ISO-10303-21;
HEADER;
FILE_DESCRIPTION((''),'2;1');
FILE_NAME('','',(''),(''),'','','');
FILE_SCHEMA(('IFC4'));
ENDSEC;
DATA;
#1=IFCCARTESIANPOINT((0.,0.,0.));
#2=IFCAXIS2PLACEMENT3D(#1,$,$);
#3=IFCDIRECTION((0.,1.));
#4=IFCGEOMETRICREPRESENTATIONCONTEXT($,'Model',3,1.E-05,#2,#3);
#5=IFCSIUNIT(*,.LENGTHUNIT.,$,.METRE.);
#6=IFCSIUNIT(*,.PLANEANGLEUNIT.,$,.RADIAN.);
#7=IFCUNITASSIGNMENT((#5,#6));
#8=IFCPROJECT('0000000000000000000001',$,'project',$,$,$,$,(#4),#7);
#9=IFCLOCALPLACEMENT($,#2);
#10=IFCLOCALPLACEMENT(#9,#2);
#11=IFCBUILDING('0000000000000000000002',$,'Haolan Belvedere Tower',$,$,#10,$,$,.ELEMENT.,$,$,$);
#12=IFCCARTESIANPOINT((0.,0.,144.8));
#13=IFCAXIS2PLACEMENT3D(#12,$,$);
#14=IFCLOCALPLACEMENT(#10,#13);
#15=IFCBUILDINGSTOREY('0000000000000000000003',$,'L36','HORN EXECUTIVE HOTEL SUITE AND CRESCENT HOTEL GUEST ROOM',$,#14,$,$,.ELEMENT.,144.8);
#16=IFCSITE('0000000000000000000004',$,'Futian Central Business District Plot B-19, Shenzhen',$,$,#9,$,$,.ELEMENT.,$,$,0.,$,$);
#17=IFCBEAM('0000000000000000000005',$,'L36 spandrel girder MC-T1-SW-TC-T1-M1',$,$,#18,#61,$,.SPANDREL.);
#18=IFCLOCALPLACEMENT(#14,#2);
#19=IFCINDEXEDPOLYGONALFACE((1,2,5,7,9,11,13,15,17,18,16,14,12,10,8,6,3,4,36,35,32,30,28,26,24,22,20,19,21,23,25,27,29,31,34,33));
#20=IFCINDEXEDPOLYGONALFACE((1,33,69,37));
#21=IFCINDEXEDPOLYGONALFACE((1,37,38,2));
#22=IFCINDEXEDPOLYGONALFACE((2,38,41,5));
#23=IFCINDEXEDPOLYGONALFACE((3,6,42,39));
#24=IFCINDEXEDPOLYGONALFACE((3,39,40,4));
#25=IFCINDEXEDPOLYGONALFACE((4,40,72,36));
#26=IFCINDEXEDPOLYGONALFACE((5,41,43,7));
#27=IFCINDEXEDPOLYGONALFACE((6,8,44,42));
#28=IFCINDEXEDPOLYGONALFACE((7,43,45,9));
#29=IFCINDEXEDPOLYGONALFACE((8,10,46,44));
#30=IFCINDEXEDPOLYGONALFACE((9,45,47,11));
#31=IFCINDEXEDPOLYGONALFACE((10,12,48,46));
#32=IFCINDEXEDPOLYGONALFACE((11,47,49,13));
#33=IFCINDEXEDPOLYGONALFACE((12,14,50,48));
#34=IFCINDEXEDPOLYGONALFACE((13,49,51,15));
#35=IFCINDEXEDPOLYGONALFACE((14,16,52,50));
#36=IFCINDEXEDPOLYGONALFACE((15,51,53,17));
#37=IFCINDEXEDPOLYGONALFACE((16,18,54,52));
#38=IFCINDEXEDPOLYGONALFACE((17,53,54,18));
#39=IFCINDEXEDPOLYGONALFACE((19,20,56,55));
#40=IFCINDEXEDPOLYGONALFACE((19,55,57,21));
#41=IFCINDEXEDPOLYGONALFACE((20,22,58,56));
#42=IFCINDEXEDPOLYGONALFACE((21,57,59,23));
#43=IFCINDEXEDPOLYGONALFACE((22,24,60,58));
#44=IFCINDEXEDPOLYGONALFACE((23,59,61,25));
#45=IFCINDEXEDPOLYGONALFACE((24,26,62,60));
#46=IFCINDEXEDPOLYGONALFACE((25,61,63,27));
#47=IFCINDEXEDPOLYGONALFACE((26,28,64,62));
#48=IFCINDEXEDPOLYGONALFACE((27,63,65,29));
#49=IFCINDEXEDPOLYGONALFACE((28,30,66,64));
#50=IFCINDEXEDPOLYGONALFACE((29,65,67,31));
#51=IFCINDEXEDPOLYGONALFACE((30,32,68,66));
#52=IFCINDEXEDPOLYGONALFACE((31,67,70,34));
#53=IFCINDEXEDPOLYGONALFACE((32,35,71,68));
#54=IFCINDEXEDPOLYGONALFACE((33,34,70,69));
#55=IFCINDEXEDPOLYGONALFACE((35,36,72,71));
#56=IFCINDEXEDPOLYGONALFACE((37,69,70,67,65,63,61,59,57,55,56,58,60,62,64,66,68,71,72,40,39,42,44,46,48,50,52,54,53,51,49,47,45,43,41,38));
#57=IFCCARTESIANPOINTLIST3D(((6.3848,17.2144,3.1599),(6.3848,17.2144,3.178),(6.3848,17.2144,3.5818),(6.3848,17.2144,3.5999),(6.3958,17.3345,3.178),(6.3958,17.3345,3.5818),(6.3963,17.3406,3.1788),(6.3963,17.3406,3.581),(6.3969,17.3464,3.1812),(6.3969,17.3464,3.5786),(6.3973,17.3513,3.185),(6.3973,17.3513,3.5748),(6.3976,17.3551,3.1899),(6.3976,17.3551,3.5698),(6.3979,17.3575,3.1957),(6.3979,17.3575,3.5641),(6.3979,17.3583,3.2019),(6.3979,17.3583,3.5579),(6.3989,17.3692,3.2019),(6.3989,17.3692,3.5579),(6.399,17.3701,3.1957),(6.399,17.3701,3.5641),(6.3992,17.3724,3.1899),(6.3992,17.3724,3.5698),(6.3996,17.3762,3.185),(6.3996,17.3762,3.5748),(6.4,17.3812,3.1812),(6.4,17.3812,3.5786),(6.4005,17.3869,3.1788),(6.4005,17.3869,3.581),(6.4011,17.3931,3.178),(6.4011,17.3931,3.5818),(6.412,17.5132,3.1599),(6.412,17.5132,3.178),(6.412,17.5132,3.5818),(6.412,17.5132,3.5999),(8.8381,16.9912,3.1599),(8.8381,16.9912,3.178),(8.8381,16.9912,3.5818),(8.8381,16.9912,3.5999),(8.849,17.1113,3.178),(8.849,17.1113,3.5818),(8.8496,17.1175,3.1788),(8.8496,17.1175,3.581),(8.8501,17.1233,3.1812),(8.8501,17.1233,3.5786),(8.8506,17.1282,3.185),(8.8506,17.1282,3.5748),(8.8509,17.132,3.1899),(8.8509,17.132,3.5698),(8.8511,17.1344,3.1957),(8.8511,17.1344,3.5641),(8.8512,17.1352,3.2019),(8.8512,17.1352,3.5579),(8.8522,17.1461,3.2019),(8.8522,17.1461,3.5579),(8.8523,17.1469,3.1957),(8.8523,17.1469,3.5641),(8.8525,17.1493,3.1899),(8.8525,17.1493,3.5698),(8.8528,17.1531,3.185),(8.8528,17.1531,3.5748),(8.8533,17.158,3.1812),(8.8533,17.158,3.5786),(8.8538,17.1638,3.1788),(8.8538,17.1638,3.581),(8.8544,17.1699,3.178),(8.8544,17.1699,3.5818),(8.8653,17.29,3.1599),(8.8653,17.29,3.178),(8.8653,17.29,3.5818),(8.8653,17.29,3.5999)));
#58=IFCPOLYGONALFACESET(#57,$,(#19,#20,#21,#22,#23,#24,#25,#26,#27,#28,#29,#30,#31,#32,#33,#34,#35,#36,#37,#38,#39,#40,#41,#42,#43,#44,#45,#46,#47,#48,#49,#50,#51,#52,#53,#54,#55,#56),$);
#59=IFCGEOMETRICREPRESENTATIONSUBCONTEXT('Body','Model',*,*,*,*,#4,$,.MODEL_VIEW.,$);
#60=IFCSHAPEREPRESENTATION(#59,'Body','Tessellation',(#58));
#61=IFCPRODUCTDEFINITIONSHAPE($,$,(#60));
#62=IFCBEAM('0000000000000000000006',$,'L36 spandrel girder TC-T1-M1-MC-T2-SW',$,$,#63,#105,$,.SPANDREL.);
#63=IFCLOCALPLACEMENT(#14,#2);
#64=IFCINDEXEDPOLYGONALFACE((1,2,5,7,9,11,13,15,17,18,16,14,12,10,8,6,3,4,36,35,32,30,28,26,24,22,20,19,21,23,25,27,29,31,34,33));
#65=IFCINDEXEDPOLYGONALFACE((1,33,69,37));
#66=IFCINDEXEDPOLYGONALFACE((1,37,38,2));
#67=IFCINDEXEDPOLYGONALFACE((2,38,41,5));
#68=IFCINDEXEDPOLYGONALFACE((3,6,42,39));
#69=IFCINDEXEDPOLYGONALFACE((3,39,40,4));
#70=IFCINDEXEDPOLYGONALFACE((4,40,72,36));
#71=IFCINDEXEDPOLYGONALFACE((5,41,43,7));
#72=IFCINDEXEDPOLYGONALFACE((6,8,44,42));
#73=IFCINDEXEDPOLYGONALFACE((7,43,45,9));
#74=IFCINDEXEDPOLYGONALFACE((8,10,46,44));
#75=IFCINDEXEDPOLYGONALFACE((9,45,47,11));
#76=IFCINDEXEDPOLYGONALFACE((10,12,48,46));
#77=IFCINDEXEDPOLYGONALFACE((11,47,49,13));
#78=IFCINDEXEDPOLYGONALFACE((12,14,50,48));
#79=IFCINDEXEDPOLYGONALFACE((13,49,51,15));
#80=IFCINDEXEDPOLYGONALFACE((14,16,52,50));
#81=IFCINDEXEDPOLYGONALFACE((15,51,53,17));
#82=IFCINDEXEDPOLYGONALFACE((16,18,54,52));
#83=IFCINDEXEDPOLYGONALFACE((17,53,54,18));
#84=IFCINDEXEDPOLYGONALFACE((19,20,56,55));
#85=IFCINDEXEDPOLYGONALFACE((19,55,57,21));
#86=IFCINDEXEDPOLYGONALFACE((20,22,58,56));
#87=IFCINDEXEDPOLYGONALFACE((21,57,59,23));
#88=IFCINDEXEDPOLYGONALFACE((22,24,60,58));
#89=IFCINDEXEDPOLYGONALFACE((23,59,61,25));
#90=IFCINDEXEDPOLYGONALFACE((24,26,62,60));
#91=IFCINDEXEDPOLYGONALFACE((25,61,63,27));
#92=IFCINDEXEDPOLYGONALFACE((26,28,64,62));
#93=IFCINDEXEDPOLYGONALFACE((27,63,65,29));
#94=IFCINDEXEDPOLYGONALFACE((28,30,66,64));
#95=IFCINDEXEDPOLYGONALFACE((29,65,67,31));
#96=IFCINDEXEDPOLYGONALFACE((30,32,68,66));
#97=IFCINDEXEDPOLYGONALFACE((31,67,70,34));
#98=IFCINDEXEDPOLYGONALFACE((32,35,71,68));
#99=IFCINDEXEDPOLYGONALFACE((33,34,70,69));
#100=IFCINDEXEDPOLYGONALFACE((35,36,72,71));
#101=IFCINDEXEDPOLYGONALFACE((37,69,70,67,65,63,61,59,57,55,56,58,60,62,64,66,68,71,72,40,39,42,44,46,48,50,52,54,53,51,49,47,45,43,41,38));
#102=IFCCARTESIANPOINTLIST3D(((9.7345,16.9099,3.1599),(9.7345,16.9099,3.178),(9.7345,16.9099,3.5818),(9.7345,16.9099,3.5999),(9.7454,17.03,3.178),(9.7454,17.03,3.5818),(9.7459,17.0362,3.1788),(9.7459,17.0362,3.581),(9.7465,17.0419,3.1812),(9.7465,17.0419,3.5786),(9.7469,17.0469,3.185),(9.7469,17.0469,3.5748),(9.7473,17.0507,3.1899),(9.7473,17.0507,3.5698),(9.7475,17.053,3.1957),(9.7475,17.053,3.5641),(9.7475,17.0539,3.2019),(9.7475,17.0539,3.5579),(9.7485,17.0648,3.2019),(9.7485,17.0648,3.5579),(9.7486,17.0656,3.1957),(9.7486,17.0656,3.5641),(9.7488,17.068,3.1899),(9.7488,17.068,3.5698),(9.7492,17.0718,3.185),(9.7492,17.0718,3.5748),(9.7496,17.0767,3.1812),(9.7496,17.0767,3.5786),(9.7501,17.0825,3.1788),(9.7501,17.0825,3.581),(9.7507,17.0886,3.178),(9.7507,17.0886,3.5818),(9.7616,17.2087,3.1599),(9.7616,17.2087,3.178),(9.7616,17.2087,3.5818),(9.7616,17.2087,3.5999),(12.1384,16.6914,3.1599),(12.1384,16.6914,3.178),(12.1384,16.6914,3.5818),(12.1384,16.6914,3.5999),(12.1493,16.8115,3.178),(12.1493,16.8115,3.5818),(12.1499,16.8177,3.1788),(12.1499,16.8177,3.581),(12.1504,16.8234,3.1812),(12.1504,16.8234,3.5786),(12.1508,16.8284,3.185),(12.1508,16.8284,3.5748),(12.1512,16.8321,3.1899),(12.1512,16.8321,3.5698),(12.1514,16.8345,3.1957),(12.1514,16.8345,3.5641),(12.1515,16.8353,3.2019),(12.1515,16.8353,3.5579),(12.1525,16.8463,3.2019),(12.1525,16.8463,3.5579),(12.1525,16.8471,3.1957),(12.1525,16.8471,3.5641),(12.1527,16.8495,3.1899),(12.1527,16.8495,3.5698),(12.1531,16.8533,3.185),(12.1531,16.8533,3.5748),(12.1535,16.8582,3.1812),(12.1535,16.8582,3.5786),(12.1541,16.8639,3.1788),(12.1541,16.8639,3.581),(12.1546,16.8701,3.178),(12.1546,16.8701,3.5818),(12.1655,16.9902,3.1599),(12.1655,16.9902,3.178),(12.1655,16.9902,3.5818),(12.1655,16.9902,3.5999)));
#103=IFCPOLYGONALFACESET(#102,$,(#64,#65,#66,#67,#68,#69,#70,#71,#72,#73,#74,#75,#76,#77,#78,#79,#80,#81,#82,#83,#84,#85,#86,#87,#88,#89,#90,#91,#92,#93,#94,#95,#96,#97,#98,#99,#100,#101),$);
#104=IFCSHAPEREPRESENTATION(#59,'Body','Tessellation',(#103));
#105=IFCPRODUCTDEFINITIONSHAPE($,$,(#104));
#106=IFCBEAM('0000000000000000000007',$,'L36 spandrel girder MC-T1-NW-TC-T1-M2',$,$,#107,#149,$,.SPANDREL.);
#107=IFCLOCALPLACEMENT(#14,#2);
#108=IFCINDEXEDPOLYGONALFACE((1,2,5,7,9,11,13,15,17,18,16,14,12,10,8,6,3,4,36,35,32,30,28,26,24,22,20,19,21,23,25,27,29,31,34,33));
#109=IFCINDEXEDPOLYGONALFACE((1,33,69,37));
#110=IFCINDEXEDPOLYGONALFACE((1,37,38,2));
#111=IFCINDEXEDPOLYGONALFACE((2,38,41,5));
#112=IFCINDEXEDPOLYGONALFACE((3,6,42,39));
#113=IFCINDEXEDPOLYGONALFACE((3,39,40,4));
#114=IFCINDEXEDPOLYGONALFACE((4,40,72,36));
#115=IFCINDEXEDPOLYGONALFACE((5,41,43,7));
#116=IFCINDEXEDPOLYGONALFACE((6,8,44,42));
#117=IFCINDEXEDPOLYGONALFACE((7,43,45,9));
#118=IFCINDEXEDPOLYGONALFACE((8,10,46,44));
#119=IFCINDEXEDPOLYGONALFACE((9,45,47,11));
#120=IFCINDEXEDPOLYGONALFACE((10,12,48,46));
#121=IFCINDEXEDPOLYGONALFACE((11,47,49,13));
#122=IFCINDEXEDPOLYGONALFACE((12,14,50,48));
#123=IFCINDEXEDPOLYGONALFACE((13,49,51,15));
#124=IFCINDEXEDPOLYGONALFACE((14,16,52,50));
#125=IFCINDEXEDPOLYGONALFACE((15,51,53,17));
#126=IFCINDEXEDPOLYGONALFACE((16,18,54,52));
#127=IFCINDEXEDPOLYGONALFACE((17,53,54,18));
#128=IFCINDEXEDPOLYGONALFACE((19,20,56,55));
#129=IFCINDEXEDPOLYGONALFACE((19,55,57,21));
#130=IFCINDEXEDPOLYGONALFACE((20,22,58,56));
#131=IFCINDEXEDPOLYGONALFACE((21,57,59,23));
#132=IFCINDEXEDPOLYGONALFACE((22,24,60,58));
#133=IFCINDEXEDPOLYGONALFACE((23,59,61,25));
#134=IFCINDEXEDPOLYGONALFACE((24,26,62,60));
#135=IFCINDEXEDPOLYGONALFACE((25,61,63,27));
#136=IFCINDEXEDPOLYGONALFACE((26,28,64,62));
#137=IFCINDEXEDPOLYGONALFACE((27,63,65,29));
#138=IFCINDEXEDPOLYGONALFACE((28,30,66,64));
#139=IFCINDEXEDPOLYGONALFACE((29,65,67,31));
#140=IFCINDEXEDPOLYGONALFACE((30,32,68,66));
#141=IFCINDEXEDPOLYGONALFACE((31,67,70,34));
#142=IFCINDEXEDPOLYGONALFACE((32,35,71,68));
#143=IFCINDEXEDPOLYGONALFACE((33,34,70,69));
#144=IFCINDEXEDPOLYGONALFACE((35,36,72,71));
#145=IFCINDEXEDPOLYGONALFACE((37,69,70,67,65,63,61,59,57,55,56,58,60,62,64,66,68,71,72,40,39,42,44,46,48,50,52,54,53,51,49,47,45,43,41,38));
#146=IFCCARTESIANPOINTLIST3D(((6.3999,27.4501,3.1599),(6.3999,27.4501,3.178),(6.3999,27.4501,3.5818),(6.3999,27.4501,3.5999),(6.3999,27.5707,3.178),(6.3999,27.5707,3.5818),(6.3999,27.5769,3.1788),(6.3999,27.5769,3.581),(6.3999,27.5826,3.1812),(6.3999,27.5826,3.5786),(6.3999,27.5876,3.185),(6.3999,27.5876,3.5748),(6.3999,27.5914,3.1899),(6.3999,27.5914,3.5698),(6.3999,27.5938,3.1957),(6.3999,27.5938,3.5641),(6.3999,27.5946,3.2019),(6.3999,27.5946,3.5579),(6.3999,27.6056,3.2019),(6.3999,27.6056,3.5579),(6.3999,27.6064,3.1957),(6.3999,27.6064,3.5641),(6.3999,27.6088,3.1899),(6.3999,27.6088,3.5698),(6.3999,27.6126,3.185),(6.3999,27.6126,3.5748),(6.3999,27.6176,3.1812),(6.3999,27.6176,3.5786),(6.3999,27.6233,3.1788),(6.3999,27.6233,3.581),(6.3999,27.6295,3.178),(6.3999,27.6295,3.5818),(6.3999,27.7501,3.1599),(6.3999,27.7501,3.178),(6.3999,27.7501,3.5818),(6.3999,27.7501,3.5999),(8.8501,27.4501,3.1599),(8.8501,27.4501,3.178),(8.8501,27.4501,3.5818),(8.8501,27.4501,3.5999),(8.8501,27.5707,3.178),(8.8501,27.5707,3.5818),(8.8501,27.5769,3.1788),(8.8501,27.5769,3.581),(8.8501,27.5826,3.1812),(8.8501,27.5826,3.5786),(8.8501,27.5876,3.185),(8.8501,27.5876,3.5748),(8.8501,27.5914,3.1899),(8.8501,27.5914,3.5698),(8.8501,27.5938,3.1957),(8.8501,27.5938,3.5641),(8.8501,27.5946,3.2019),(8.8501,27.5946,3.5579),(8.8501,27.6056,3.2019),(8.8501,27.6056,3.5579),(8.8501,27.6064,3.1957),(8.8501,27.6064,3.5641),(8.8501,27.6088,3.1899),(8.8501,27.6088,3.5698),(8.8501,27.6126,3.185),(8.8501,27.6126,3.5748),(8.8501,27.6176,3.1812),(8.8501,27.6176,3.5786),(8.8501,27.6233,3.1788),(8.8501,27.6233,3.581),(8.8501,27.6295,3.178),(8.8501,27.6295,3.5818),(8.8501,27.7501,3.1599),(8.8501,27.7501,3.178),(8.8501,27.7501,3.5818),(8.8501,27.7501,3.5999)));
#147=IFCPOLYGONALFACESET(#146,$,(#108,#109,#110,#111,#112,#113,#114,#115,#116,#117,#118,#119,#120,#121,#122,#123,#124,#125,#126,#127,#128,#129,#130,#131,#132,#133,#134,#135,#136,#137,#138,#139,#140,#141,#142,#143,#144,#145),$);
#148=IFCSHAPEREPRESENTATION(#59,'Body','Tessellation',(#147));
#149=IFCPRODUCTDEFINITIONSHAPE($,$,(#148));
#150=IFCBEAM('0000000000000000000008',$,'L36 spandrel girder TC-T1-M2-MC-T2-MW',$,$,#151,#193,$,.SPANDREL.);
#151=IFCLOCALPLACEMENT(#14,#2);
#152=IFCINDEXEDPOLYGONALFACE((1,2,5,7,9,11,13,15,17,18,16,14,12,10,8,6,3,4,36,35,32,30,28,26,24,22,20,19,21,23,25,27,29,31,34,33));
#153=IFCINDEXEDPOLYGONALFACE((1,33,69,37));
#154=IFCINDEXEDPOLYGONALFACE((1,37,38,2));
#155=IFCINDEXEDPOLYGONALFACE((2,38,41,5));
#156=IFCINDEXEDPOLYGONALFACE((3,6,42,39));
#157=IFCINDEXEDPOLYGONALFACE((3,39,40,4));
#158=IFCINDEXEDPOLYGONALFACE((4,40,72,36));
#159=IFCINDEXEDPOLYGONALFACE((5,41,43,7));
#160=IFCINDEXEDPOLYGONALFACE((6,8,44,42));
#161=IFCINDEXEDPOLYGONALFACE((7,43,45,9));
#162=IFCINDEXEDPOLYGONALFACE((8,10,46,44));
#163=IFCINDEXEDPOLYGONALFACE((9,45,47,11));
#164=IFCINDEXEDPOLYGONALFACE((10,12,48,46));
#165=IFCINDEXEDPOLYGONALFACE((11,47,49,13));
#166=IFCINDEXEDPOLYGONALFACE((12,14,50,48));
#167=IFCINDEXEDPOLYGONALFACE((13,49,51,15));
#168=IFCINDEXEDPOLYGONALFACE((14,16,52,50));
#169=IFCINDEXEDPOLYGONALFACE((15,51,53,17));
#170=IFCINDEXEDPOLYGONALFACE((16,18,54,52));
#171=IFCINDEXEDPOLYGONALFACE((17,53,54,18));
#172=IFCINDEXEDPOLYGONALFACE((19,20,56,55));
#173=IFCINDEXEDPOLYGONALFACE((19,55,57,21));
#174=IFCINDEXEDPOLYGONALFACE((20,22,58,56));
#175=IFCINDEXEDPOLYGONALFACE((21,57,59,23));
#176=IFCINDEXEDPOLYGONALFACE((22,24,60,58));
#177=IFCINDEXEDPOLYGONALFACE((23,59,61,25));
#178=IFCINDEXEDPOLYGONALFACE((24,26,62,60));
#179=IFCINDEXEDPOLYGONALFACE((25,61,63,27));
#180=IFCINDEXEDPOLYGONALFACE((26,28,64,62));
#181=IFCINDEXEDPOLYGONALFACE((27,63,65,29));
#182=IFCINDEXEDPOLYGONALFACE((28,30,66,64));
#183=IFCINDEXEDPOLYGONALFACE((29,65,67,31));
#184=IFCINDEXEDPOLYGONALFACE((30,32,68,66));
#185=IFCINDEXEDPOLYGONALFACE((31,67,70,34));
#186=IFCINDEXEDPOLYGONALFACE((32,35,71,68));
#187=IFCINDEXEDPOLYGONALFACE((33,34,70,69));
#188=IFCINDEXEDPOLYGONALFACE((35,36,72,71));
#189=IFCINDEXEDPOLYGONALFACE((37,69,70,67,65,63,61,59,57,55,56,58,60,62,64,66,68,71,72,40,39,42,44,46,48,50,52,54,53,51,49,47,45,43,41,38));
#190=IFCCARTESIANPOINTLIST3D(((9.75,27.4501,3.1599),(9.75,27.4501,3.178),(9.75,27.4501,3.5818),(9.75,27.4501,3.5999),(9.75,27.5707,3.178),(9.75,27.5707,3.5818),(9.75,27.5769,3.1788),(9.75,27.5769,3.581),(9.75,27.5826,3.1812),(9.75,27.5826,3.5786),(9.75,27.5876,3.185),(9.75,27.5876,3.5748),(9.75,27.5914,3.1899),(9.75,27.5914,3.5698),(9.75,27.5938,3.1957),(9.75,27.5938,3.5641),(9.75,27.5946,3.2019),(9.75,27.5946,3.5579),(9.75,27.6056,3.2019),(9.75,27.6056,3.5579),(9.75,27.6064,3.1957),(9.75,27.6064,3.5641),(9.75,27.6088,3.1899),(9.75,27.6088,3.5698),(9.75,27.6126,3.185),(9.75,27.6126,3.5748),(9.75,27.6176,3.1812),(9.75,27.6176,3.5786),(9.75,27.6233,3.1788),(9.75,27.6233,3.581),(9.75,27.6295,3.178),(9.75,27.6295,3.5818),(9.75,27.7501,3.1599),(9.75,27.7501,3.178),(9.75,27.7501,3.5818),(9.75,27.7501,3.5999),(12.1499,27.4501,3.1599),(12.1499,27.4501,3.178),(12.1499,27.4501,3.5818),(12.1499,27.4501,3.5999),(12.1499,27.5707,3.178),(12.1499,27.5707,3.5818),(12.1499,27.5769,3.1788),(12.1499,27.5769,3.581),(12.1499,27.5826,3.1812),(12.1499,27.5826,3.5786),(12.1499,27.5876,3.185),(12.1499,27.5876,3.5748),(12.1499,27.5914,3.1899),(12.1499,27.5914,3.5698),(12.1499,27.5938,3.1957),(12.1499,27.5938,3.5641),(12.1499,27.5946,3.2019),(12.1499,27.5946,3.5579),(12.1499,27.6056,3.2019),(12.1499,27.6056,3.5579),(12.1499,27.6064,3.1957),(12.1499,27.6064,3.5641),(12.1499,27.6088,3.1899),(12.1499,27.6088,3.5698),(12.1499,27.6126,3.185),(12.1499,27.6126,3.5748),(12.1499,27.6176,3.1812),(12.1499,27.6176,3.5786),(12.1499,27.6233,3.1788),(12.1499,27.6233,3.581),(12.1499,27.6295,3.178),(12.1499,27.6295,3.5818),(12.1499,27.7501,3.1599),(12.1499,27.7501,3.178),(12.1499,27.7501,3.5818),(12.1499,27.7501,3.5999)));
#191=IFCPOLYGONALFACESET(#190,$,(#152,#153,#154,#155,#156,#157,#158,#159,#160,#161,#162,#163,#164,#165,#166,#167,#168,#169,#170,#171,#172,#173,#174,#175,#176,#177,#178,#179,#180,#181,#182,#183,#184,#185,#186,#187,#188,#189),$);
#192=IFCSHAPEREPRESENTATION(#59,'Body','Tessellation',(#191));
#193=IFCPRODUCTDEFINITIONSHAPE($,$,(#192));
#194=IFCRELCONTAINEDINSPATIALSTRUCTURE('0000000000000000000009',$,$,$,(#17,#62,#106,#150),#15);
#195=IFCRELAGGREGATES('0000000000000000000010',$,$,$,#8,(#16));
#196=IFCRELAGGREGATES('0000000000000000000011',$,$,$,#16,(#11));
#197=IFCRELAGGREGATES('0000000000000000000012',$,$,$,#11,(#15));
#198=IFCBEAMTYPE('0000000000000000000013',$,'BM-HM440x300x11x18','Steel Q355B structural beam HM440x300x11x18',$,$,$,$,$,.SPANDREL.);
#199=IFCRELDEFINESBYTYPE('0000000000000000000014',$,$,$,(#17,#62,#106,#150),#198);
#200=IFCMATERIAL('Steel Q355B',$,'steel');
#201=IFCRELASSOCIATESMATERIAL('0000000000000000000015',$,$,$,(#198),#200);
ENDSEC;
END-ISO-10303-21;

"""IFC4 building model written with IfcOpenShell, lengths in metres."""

from ifc_helpers import new_model, si_unit, direction, frame, origin, origin_2d, place, context, subcontext, project, spatial, i_section, extrude, material, material_profile, profile_set, type_object, element, save


model = new_model("IFC4")

# Units and contexts
model_context = context("Model", 3, precision=1e-05, world=origin(), true_north=direction((0.0, 1.0)))
body_context = subcontext(model_context, "Body", "Model", "MODEL_VIEW")
ifc_project = project(units=[si_unit("LENGTHUNIT", "METRE"), si_unit("PLANEANGLEUNIT", "RADIAN")], contexts=[model_context])

# Site, building, storey
site_placement = place(None, origin())
site = spatial("IfcSite", under=ifc_project, at=site_placement, Name="Futian Central Business District Plot B-19, Shenzhen", CompositionType="ELEMENT", RefElevation=0.0)
building_placement = place(site_placement, origin())
building = spatial("IfcBuilding", under=site, at=building_placement, Name="Haolan Belvedere Tower", CompositionType="ELEMENT")
storey_placement = place(building_placement, frame((0.0, 0.0, 144.8)))
storey = spatial("IfcBuildingStorey", under=building, at=storey_placement, Name="L36", Description="HORN EXECUTIVE HOTEL SUITE AND CRESCENT HOTEL GUEST ROOM", CompositionType="ELEMENT", Elevation=144.8)

# Beams
ifc_material_1 = material(Name="Steel Q355B", Category="steel")
ifc_material_profile_1 = material_profile(ifc_material_1, i_section(OverallWidth=0.3, OverallDepth=0.4399, WebThickness=0.011, FlangeThickness=0.0181, FilletRadius=0.0239, at=origin_2d()), Name="Steel Q355B")
ifc_profile_set_1 = profile_set([ifc_material_profile_1], Name="Steel Q355B")
beam_type_1 = type_object("IfcBeamType", Name="BM-HM440x300x11x18", Description="Steel Q355B structural beam HM440x300x11x18", PredefinedType="SPANDREL", material=ifc_profile_set_1)
beam_1_placement = place(storey_placement, frame((6.3984, 17.3638, 3.3799), z_axis=(0.995889, -0.09058, 0.0), x_axis=(0.09058, 0.995889, 0.0)))
element("IfcBeam", 1, at=beam_1_placement, inside=storey, type_object=beam_type_1, Name="L36 spandrel girder MC-T1-SW-TC-T1-M1", PredefinedType="SPANDREL", context=body_context, shape_type="SweptSolid", body=[
    extrude(i_section(OverallWidth=0.3, OverallDepth=0.4399, WebThickness=0.011, FlangeThickness=0.0181, FilletRadius=0.0239, at=origin_2d()), origin(), (0.0, 0.0, 1.0), 2.4634),
])
beam_2_placement = place(storey_placement, frame((9.748, 17.0593, 3.3799), z_axis=(0.995894, -0.090527, 0.0), x_axis=(0.090527, 0.995894, 0.0)))
element("IfcBeam", 2, at=beam_2_placement, inside=storey, type_object=beam_type_1, Name="L36 spandrel girder TC-T1-M1-MC-T2-SW", PredefinedType="SPANDREL", context=body_context, shape_type="SweptSolid", body=[
    extrude(i_section(OverallWidth=0.3, OverallDepth=0.4399, WebThickness=0.011, FlangeThickness=0.0181, FilletRadius=0.0239, at=origin_2d()), origin(), (0.0, 0.0, 1.0), 2.4138),
])
beam_3_placement = place(storey_placement, frame((6.3999, 27.6001, 3.3799), z_axis=(1.0, 0.0, 0.0), x_axis=(0.0, 1.0, 0.0)))
element("IfcBeam", 3, at=beam_3_placement, inside=storey, type_object=beam_type_1, Name="L36 spandrel girder MC-T1-NW-TC-T1-M2", PredefinedType="SPANDREL", context=body_context, shape_type="SweptSolid", body=[
    extrude(i_section(OverallWidth=0.3, OverallDepth=0.4399, WebThickness=0.011, FlangeThickness=0.0181, FilletRadius=0.0239, at=origin_2d()), origin(), (0.0, 0.0, 1.0), 2.4502),
])
beam_4_placement = place(storey_placement, frame((9.75, 27.6001, 3.3799), z_axis=(1.0, 0.0, 0.0), x_axis=(0.0, 1.0, 0.0)))
element("IfcBeam", 4, at=beam_4_placement, inside=storey, type_object=beam_type_1, Name="L36 spandrel girder TC-T1-M2-MC-T2-MW", PredefinedType="SPANDREL", context=body_context, shape_type="SweptSolid", body=[
    extrude(i_section(OverallWidth=0.3, OverallDepth=0.4399, WebThickness=0.011, FlangeThickness=0.0181, FilletRadius=0.0239, at=origin_2d()), origin(), (0.0, 0.0, 1.0), 2.3999),
])

save(model, "model.ifc")
